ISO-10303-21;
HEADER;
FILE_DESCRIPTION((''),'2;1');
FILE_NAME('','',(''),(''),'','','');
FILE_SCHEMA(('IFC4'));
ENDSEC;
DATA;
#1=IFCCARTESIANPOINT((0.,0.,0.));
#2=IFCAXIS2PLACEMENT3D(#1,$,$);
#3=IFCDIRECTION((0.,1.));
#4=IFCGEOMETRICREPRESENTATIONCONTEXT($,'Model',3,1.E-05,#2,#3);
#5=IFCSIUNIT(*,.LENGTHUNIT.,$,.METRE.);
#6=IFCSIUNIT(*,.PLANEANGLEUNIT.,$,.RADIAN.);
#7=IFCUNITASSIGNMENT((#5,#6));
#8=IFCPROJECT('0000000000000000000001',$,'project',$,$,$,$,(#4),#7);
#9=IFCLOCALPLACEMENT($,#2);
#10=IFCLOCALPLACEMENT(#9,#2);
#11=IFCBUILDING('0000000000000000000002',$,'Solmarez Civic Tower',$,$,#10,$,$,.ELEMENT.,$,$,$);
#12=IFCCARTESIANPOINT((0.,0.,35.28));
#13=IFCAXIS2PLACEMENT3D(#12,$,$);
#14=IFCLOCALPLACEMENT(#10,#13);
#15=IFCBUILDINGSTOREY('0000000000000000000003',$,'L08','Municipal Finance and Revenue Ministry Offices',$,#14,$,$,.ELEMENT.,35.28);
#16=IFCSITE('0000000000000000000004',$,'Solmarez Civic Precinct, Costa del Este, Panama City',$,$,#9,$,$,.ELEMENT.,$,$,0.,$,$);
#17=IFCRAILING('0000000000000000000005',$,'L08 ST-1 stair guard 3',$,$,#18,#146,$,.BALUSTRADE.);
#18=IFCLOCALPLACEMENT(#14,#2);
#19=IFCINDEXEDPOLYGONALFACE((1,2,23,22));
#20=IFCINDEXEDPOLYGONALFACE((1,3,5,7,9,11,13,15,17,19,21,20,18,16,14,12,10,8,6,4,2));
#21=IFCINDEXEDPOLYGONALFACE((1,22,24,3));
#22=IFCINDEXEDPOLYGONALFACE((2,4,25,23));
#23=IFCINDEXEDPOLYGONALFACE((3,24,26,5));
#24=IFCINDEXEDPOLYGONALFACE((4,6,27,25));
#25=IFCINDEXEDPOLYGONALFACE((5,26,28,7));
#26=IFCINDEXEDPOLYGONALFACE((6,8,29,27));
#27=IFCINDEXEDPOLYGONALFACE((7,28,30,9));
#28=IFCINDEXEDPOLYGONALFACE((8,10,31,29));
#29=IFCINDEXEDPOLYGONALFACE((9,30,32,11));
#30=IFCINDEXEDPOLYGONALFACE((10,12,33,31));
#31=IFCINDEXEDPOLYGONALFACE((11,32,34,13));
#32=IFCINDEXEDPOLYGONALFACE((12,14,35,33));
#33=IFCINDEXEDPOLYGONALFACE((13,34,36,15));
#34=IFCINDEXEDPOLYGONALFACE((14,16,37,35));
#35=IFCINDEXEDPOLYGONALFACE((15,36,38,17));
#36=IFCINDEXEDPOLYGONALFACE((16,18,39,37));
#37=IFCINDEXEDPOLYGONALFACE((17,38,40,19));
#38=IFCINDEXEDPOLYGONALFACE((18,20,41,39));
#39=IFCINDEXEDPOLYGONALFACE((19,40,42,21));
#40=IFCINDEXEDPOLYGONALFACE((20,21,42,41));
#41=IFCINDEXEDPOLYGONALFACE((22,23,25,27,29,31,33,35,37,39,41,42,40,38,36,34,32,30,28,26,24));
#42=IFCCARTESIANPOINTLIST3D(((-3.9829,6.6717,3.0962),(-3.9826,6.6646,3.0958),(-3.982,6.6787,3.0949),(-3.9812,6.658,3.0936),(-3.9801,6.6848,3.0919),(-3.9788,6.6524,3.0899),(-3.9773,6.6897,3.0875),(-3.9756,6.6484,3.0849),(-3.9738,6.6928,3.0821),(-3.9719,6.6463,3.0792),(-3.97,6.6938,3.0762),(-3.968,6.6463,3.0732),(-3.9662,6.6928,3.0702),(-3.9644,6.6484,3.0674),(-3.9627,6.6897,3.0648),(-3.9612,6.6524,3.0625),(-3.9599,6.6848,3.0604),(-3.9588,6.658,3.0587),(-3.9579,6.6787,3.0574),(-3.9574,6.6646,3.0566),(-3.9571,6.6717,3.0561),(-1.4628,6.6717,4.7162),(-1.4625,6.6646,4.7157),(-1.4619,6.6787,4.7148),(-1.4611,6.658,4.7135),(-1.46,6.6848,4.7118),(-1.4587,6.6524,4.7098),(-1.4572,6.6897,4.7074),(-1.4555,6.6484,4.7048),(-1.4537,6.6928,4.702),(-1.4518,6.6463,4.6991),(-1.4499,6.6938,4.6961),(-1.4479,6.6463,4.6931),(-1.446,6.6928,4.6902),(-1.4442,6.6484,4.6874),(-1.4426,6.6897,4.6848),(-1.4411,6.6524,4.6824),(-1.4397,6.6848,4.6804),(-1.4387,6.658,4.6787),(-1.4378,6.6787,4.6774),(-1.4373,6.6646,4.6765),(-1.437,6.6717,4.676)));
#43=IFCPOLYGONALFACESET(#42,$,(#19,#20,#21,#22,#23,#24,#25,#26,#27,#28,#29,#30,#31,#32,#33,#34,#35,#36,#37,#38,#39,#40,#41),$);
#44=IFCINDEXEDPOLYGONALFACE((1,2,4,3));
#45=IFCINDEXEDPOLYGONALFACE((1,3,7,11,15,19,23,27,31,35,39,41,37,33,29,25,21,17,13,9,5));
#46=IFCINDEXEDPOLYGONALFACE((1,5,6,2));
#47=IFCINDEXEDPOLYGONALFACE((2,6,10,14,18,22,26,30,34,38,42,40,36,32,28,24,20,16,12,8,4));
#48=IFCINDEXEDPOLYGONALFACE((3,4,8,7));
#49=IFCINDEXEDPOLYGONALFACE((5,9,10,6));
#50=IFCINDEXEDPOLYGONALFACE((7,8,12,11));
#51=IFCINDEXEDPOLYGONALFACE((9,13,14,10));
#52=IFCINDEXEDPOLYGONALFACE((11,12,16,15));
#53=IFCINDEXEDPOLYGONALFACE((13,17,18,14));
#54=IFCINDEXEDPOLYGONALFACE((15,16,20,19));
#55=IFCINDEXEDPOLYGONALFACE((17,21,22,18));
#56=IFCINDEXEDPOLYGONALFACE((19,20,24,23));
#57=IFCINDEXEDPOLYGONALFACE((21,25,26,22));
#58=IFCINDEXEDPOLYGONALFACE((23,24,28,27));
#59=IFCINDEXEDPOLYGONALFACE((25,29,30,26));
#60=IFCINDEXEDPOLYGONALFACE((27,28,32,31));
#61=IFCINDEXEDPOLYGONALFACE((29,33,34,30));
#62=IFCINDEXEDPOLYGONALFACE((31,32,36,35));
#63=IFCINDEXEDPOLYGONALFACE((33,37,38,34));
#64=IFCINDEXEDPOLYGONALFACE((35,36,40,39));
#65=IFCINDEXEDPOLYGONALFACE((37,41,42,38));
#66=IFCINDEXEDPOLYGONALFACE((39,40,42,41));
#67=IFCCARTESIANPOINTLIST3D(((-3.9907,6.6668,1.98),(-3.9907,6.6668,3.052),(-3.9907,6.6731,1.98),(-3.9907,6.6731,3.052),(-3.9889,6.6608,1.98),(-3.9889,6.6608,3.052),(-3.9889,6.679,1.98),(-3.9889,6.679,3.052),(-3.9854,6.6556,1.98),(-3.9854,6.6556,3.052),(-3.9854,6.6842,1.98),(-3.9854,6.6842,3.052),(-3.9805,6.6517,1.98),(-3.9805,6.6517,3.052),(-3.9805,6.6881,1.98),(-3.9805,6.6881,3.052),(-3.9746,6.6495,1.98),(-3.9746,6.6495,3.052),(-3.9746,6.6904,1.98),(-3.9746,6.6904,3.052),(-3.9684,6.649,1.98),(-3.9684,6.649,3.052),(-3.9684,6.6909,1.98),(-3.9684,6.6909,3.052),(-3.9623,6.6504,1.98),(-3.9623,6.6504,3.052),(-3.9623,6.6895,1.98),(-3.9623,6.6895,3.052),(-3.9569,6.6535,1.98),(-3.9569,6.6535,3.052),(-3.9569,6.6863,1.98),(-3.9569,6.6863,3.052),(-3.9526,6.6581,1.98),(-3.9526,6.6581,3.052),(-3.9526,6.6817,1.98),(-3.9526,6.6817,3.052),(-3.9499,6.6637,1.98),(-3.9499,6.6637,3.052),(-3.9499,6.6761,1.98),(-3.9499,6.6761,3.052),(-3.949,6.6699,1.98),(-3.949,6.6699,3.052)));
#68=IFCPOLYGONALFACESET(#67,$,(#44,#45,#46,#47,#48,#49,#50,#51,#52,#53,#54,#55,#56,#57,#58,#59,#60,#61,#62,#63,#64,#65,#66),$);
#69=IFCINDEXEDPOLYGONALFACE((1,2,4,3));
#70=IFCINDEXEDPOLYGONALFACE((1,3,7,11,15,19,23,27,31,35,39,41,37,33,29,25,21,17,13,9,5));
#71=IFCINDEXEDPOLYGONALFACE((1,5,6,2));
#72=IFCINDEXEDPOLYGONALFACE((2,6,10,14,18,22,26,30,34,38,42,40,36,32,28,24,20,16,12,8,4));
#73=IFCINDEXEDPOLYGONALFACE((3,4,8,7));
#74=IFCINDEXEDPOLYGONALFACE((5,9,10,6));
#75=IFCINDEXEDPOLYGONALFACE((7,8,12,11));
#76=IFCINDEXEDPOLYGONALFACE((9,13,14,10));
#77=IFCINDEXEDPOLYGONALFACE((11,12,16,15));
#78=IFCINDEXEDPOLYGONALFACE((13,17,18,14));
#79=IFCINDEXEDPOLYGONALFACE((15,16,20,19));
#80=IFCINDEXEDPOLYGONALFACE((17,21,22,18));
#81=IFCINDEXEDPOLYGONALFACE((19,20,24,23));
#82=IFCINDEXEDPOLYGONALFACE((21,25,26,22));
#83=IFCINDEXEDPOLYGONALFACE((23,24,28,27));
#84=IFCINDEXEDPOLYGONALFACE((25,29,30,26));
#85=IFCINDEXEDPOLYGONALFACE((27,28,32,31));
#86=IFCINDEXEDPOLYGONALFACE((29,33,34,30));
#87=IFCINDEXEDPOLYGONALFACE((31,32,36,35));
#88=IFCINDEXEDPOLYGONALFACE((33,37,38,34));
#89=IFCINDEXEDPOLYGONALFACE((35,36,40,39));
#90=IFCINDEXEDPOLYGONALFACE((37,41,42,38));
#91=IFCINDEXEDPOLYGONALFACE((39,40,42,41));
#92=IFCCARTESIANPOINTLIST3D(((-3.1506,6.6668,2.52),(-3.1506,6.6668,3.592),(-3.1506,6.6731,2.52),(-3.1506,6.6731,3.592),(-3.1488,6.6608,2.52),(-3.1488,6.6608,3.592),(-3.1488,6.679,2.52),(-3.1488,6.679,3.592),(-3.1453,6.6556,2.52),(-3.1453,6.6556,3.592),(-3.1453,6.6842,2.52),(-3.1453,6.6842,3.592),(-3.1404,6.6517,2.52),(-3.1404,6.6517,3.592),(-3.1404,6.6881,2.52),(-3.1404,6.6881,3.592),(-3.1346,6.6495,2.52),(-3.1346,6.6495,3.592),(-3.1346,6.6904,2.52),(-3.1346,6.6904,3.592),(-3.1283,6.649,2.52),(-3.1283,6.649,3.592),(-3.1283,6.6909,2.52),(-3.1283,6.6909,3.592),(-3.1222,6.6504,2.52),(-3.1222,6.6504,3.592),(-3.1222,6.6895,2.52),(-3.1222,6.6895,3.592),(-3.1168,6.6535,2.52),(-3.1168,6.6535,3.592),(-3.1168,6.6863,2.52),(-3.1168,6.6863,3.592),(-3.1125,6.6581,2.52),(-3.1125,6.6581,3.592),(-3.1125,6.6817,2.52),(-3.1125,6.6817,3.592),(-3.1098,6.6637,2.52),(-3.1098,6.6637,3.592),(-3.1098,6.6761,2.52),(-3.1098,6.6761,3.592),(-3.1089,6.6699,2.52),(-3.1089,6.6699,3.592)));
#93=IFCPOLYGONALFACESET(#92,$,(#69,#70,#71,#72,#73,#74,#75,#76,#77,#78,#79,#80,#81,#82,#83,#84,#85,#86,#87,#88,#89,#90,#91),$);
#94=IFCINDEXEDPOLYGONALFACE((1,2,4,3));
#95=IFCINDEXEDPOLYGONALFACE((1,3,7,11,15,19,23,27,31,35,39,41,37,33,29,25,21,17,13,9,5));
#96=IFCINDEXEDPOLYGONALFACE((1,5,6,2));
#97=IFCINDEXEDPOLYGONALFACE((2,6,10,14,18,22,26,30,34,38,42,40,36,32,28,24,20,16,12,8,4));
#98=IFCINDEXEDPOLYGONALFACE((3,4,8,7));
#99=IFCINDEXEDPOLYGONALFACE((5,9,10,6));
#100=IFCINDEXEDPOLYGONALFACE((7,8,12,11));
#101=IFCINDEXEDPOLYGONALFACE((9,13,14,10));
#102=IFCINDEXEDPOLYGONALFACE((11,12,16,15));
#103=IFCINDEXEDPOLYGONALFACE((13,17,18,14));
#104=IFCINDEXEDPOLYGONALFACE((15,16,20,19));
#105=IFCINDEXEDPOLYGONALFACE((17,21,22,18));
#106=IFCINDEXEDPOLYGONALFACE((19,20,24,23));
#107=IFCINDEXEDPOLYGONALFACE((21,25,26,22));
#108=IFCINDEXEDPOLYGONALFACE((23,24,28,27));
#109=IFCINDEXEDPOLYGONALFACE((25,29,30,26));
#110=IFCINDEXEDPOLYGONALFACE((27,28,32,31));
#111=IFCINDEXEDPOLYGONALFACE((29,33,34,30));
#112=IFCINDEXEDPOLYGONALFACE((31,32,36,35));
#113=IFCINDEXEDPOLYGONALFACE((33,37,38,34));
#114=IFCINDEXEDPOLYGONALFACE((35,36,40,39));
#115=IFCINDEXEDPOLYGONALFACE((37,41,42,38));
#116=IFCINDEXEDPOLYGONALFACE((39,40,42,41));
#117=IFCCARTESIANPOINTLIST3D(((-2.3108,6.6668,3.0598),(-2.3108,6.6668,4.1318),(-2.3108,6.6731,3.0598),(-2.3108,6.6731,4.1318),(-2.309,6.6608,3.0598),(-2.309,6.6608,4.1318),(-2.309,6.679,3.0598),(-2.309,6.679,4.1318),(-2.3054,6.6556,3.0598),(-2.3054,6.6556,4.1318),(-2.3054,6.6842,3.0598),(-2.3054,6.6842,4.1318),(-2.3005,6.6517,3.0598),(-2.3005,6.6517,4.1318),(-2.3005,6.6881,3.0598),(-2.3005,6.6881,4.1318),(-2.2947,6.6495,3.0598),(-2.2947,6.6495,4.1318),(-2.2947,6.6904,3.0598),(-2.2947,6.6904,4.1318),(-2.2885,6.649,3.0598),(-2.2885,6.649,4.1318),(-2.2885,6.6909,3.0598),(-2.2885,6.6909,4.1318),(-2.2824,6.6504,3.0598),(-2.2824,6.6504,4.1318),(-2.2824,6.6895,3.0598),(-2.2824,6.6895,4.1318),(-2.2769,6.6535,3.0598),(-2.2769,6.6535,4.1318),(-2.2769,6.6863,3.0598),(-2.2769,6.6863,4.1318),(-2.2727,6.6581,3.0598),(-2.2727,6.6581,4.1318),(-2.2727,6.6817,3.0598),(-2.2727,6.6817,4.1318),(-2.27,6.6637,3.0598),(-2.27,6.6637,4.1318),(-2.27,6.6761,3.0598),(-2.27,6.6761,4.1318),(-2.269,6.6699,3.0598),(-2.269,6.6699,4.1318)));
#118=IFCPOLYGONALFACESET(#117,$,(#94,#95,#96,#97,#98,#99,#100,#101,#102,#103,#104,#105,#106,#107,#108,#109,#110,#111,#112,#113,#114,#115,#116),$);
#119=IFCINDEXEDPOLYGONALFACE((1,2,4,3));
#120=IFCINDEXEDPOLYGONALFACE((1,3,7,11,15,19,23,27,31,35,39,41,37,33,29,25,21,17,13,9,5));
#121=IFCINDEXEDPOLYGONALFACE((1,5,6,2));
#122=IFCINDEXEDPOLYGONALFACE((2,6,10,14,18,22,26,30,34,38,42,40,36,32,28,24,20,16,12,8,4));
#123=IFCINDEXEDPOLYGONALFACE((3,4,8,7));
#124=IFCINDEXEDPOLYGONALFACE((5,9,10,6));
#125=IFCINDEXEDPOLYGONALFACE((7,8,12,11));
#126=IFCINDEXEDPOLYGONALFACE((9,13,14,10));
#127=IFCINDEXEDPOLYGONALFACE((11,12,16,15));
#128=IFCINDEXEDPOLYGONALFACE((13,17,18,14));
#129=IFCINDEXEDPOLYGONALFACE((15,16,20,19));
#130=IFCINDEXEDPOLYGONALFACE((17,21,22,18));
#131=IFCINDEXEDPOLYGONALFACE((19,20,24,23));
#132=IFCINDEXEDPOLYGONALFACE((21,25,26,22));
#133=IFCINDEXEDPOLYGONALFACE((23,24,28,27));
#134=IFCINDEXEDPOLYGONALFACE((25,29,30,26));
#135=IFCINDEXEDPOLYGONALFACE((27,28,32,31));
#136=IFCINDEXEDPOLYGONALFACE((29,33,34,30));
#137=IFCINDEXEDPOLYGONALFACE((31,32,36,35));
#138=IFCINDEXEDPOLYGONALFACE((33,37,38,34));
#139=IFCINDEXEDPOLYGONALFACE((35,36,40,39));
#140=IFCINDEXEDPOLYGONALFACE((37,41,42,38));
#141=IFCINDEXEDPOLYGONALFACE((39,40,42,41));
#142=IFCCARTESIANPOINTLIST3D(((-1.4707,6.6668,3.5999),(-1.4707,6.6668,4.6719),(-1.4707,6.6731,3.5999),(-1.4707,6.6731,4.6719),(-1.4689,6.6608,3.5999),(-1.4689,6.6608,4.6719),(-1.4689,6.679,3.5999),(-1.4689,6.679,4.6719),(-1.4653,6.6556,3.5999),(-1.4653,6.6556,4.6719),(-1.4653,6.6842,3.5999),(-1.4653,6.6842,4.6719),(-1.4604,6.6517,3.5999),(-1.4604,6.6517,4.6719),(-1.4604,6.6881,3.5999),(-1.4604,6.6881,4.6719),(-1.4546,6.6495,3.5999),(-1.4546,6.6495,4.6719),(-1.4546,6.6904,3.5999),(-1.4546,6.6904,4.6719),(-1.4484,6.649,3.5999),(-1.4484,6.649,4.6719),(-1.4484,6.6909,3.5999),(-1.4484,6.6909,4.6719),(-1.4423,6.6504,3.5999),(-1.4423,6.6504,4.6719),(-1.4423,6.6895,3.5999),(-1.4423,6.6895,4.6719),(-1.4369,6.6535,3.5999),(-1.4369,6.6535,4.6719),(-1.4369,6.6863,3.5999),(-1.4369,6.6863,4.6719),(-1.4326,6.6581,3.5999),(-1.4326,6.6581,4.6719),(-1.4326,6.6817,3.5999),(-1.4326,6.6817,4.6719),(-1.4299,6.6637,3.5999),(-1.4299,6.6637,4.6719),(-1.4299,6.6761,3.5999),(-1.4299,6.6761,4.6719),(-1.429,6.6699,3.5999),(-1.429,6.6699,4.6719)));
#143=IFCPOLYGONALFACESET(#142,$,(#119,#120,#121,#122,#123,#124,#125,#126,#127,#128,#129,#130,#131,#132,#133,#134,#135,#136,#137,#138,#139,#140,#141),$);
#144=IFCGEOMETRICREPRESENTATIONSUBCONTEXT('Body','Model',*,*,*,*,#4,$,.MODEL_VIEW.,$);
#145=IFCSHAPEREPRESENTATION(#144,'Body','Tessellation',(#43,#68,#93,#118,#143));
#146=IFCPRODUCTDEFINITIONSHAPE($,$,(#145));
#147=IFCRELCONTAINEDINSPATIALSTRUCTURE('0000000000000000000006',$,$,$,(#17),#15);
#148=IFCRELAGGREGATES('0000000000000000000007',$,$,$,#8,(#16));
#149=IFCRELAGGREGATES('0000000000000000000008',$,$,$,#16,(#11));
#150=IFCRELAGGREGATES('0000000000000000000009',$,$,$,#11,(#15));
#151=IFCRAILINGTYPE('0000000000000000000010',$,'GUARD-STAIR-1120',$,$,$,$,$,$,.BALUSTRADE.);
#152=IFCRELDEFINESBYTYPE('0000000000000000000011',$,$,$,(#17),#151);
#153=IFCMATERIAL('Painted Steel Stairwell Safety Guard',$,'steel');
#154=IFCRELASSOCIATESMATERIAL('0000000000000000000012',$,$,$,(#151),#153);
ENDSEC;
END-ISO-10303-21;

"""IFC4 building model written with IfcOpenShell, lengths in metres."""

from ifc_helpers import new_model, si_unit, direction, frame, origin, origin_2d, place, context, subcontext, project, spatial, circle, extrude, material, type_object, element, save


model = new_model("IFC4")

# Units and contexts
model_context = context("Model", 3, precision=1e-05, world=origin(), true_north=direction((0.0, 1.0)))
body_context = subcontext(model_context, "Body", "Model", "MODEL_VIEW")
ifc_project = project(units=[si_unit("LENGTHUNIT", "METRE"), si_unit("PLANEANGLEUNIT", "RADIAN")], contexts=[model_context])

# Site, building, storey
site_placement = place(None, origin())
site = spatial("IfcSite", under=ifc_project, at=site_placement, Name="Solmarez Civic Precinct, Costa del Este, Panama City", CompositionType="ELEMENT", RefElevation=0.0)
building_placement = place(site_placement, origin())
building = spatial("IfcBuilding", under=site, at=building_placement, Name="Solmarez Civic Tower", CompositionType="ELEMENT")
storey_placement = place(building_placement, frame((0.0, 0.0, 35.28)))
storey = spatial("IfcBuildingStorey", under=building, at=storey_placement, Name="L08", Description="Municipal Finance and Revenue Ministry Offices", CompositionType="ELEMENT", Elevation=35.28)

# Railing
ifc_material_1 = material(Name="Painted Steel Stairwell Safety Guard", Category="steel")
railing_type_1 = type_object("IfcRailingType", Name="GUARD-STAIR-1120", PredefinedType="BALUSTRADE", material=ifc_material_1)
railing_1_placement = place(storey_placement, frame((-3.97, 6.6699, 1.98)))
element("IfcRailing", 1, at=railing_1_placement, inside=storey, type_object=railing_type_1, Name="L08 ST-1 stair guard 3", PredefinedType="BALUSTRADE", context=body_context, shape_type="SweptSolid", body=[
    extrude(circle(Radius=0.0239, at=origin_2d()), frame((0.0, 0.0, 1.0962), z_axis=(0.8412, 0.0, 0.540725), x_axis=(0.0, 1.0, 0.0)), (0.0, 0.0, 1.0), 2.9958),
    extrude(circle(Radius=0.021, at=origin_2d()), origin(), (0.0, 0.0, 1.0), 1.072),
    extrude(circle(Radius=0.021, at=origin_2d()), frame((0.8401, 0.0, 0.54)), (0.0, 0.0, 1.0), 1.072),
    extrude(circle(Radius=0.021, at=origin_2d()), frame((1.6799, 0.0, 1.0798)), (0.0, 0.0, 1.0), 1.072),
    extrude(circle(Radius=0.021, at=origin_2d()), frame((2.52, 0.0, 1.6199)), (0.0, 0.0, 1.0), 1.072),
])

save(model, "model.ifc")
